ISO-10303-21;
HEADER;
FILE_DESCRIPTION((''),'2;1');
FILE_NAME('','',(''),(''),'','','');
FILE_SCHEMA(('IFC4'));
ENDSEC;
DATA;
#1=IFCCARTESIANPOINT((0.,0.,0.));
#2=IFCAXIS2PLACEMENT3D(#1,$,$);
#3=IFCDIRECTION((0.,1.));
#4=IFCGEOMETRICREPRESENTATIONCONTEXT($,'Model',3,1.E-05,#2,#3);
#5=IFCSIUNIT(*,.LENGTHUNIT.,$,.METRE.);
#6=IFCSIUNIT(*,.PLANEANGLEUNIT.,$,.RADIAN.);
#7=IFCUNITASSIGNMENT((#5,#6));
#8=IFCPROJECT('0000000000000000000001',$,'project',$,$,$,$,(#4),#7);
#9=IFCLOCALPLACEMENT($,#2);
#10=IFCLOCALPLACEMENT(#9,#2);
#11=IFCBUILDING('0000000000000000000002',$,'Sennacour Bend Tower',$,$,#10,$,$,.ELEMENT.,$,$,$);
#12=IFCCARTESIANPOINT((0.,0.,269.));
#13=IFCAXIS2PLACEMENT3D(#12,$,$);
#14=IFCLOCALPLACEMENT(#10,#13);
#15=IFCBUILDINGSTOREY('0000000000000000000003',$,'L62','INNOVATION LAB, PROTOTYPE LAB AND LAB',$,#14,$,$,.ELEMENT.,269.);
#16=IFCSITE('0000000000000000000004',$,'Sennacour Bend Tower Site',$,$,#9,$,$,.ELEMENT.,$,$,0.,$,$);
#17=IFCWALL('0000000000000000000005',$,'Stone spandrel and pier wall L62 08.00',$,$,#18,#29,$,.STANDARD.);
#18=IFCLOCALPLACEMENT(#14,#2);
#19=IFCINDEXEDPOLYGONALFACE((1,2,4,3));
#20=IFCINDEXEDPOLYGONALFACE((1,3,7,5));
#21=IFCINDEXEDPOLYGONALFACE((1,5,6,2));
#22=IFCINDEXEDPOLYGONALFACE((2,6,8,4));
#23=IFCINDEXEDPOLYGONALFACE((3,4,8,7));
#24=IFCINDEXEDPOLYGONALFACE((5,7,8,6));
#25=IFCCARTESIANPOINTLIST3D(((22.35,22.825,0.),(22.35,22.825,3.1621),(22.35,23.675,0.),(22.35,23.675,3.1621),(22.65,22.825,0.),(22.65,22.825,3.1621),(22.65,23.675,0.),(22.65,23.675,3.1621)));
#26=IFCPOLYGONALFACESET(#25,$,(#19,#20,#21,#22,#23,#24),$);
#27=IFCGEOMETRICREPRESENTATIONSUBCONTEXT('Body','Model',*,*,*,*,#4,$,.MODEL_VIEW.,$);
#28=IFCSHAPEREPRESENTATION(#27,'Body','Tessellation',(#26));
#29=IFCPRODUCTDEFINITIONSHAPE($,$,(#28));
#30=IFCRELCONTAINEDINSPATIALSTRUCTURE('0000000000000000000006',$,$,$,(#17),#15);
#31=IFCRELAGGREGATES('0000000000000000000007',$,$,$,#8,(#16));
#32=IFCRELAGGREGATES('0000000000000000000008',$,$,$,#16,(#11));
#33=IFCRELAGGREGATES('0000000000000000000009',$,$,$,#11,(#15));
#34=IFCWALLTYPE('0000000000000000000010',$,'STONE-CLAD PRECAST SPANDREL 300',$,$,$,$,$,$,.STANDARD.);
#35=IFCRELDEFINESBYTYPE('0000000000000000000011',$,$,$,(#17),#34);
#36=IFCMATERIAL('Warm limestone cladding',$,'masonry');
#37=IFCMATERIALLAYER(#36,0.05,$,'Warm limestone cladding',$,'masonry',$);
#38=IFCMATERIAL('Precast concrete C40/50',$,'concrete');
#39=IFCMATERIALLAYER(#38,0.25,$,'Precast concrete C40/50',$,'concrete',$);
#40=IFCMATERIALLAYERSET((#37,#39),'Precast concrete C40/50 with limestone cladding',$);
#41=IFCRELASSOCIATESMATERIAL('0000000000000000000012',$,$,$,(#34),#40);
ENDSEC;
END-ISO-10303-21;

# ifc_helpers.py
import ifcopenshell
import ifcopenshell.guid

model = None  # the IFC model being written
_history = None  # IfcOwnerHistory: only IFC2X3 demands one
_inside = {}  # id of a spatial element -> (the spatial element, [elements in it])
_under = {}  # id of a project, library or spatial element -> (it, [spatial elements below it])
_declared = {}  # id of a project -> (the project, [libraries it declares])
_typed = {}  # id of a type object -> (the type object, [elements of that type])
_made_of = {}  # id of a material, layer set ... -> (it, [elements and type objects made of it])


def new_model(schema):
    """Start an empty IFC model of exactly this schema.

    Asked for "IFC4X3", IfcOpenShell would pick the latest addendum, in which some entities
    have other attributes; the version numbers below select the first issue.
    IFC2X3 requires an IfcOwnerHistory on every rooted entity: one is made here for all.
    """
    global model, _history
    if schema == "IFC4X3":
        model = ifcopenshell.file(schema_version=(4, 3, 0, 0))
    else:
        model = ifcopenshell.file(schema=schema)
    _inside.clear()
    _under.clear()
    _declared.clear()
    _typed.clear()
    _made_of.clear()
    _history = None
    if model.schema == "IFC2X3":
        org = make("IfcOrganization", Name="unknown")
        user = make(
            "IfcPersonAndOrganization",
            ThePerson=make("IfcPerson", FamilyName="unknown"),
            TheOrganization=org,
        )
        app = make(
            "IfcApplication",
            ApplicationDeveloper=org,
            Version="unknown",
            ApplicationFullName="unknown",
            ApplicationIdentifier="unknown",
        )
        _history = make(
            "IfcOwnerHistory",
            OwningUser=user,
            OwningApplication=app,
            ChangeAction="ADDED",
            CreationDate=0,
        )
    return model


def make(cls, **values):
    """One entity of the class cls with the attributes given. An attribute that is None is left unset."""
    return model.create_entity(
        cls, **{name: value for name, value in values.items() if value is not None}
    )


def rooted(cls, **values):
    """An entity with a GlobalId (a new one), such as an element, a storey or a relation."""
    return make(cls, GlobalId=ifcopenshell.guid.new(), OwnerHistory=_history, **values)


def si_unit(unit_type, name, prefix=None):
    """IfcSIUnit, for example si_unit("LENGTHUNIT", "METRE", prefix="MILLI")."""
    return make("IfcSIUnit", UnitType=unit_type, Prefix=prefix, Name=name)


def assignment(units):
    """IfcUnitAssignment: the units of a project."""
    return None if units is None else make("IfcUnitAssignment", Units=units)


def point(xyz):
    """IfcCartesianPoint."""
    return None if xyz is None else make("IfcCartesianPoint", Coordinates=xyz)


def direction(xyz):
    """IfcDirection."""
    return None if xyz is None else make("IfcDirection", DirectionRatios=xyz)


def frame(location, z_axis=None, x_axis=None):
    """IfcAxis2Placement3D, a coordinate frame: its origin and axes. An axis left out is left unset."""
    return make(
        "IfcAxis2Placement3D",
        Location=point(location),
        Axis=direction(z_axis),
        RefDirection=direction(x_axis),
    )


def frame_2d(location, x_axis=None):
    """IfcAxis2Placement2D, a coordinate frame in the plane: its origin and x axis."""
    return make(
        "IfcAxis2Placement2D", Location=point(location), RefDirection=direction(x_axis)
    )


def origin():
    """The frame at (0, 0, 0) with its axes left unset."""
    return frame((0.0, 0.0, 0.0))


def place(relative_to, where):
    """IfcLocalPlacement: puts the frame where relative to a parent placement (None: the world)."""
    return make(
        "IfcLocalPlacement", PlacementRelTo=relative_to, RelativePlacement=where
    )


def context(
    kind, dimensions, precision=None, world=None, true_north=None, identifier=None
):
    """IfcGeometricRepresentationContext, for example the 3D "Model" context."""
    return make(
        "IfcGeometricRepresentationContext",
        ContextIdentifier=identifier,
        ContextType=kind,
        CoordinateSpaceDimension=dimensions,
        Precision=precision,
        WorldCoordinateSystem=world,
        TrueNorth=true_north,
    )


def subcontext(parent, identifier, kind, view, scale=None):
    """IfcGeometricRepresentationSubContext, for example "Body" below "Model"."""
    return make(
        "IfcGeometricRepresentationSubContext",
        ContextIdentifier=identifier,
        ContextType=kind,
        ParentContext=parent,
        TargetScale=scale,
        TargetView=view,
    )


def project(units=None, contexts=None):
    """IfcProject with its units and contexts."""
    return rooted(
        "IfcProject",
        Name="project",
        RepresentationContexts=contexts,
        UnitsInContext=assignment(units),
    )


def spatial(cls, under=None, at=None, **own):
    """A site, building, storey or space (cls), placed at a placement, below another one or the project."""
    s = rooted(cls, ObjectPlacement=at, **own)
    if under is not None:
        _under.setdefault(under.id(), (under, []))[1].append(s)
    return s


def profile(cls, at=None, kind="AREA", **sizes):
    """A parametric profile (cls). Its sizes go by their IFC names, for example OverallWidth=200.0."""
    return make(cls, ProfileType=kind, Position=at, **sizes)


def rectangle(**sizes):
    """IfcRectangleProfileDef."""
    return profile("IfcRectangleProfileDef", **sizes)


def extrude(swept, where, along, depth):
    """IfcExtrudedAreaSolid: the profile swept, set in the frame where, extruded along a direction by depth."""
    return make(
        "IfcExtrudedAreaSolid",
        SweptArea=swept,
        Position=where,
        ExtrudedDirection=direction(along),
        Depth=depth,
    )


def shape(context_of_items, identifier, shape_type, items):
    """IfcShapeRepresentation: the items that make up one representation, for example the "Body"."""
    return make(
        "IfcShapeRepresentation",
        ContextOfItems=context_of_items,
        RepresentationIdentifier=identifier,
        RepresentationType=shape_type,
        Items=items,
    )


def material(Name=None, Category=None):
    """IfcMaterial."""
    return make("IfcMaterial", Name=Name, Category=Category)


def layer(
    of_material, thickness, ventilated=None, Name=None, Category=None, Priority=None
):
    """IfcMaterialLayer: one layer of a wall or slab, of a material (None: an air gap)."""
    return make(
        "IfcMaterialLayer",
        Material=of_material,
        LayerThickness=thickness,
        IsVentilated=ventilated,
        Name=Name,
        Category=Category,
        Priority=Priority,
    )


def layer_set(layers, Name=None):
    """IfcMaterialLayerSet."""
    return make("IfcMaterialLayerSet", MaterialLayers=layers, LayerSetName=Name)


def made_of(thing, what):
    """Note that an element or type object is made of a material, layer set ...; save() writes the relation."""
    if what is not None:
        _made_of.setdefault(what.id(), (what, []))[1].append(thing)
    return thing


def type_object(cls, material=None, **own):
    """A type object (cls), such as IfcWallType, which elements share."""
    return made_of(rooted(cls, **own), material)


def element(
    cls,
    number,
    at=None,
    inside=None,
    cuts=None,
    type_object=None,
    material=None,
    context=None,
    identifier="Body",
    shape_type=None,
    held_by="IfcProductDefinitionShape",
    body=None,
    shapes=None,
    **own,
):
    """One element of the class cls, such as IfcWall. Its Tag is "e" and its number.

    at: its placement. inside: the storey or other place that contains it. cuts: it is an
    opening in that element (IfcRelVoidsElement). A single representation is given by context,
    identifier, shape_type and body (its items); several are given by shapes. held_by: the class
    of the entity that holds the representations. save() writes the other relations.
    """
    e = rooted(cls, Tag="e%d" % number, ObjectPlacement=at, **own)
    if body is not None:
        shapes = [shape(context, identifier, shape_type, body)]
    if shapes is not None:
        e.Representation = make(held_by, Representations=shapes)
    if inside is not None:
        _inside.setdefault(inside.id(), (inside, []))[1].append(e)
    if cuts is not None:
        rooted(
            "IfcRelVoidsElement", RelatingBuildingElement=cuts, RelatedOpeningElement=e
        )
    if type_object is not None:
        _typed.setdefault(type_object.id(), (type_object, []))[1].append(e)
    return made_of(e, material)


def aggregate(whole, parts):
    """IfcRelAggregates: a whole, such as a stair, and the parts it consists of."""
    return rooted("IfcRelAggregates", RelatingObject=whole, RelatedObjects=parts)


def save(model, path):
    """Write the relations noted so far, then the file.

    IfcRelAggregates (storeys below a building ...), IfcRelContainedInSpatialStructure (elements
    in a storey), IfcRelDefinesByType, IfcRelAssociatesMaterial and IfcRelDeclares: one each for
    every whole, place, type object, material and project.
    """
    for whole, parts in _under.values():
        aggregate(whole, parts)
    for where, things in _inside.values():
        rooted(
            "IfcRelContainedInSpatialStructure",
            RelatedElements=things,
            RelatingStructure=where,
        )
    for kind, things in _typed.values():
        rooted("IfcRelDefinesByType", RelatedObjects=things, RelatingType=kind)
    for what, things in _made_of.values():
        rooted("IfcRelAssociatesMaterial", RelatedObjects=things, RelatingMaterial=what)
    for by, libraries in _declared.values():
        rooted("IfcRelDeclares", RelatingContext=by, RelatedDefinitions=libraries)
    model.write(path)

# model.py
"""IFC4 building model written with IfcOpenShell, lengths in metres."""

from ifc_helpers import new_model, si_unit, direction, frame, frame_2d, origin, place, context, subcontext, project, spatial, rectangle, extrude, material, layer, layer_set, type_object, element, save


model = new_model("IFC4")

# Units and contexts
model_context = context("Model", 3, precision=1e-05, world=origin(), true_north=direction((0.0, 1.0)))
body_context = subcontext(model_context, "Body", "Model", "MODEL_VIEW")
ifc_project = project(units=[si_unit("LENGTHUNIT", "METRE"), si_unit("PLANEANGLEUNIT", "RADIAN")], contexts=[model_context])

# Site, building, storey
site_placement = place(None, origin())
site = spatial("IfcSite", under=ifc_project, at=site_placement, Name="Sennacour Bend Tower Site", CompositionType="ELEMENT", RefElevation=0.0)
building_placement = place(site_placement, origin())
building = spatial("IfcBuilding", under=site, at=building_placement, Name="Sennacour Bend Tower", CompositionType="ELEMENT")
storey_placement = place(building_placement, frame((0.0, 0.0, 269.0)))
storey = spatial("IfcBuildingStorey", under=building, at=storey_placement, Name="L62", Description="INNOVATION LAB, PROTOTYPE LAB AND LAB", CompositionType="ELEMENT", Elevation=269.0)

# Shared definitions
ifc_material_1 = material(Name="Warm limestone cladding", Category="masonry")
ifc_layer_1 = layer(ifc_material_1, 0.05, Name="Warm limestone cladding", Category="masonry")
ifc_material_2 = material(Name="Precast concrete C40/50", Category="concrete")
ifc_layer_2 = layer(ifc_material_2, 0.25, Name="Precast concrete C40/50", Category="concrete")
ifc_layer_set_1 = layer_set([ifc_layer_1, ifc_layer_2], Name="Precast concrete C40/50 with limestone cladding")
wall_type_1 = type_object("IfcWallType", Name="STONE-CLAD PRECAST SPANDREL 300", PredefinedType="STANDARD", material=ifc_layer_set_1)

# Wall
wall_1_placement = place(storey_placement, frame((22.5, 23.675, 0.0), z_axis=(0.0, 0.0, 1.0), x_axis=(0.0, -1.0, 0.0)))
element("IfcWall", 1, at=wall_1_placement, inside=storey, type_object=wall_type_1, Name="Stone spandrel and pier wall L62 08.00", PredefinedType="STANDARD", context=body_context, shape_type="SweptSolid", body=[
    extrude(rectangle(XDim=0.8501, YDim=0.3, at=frame_2d((0.425, 0.0))), origin(), (0.0, 0.0, 1.0), 3.1621),
])

save(model, "model.ifc")
